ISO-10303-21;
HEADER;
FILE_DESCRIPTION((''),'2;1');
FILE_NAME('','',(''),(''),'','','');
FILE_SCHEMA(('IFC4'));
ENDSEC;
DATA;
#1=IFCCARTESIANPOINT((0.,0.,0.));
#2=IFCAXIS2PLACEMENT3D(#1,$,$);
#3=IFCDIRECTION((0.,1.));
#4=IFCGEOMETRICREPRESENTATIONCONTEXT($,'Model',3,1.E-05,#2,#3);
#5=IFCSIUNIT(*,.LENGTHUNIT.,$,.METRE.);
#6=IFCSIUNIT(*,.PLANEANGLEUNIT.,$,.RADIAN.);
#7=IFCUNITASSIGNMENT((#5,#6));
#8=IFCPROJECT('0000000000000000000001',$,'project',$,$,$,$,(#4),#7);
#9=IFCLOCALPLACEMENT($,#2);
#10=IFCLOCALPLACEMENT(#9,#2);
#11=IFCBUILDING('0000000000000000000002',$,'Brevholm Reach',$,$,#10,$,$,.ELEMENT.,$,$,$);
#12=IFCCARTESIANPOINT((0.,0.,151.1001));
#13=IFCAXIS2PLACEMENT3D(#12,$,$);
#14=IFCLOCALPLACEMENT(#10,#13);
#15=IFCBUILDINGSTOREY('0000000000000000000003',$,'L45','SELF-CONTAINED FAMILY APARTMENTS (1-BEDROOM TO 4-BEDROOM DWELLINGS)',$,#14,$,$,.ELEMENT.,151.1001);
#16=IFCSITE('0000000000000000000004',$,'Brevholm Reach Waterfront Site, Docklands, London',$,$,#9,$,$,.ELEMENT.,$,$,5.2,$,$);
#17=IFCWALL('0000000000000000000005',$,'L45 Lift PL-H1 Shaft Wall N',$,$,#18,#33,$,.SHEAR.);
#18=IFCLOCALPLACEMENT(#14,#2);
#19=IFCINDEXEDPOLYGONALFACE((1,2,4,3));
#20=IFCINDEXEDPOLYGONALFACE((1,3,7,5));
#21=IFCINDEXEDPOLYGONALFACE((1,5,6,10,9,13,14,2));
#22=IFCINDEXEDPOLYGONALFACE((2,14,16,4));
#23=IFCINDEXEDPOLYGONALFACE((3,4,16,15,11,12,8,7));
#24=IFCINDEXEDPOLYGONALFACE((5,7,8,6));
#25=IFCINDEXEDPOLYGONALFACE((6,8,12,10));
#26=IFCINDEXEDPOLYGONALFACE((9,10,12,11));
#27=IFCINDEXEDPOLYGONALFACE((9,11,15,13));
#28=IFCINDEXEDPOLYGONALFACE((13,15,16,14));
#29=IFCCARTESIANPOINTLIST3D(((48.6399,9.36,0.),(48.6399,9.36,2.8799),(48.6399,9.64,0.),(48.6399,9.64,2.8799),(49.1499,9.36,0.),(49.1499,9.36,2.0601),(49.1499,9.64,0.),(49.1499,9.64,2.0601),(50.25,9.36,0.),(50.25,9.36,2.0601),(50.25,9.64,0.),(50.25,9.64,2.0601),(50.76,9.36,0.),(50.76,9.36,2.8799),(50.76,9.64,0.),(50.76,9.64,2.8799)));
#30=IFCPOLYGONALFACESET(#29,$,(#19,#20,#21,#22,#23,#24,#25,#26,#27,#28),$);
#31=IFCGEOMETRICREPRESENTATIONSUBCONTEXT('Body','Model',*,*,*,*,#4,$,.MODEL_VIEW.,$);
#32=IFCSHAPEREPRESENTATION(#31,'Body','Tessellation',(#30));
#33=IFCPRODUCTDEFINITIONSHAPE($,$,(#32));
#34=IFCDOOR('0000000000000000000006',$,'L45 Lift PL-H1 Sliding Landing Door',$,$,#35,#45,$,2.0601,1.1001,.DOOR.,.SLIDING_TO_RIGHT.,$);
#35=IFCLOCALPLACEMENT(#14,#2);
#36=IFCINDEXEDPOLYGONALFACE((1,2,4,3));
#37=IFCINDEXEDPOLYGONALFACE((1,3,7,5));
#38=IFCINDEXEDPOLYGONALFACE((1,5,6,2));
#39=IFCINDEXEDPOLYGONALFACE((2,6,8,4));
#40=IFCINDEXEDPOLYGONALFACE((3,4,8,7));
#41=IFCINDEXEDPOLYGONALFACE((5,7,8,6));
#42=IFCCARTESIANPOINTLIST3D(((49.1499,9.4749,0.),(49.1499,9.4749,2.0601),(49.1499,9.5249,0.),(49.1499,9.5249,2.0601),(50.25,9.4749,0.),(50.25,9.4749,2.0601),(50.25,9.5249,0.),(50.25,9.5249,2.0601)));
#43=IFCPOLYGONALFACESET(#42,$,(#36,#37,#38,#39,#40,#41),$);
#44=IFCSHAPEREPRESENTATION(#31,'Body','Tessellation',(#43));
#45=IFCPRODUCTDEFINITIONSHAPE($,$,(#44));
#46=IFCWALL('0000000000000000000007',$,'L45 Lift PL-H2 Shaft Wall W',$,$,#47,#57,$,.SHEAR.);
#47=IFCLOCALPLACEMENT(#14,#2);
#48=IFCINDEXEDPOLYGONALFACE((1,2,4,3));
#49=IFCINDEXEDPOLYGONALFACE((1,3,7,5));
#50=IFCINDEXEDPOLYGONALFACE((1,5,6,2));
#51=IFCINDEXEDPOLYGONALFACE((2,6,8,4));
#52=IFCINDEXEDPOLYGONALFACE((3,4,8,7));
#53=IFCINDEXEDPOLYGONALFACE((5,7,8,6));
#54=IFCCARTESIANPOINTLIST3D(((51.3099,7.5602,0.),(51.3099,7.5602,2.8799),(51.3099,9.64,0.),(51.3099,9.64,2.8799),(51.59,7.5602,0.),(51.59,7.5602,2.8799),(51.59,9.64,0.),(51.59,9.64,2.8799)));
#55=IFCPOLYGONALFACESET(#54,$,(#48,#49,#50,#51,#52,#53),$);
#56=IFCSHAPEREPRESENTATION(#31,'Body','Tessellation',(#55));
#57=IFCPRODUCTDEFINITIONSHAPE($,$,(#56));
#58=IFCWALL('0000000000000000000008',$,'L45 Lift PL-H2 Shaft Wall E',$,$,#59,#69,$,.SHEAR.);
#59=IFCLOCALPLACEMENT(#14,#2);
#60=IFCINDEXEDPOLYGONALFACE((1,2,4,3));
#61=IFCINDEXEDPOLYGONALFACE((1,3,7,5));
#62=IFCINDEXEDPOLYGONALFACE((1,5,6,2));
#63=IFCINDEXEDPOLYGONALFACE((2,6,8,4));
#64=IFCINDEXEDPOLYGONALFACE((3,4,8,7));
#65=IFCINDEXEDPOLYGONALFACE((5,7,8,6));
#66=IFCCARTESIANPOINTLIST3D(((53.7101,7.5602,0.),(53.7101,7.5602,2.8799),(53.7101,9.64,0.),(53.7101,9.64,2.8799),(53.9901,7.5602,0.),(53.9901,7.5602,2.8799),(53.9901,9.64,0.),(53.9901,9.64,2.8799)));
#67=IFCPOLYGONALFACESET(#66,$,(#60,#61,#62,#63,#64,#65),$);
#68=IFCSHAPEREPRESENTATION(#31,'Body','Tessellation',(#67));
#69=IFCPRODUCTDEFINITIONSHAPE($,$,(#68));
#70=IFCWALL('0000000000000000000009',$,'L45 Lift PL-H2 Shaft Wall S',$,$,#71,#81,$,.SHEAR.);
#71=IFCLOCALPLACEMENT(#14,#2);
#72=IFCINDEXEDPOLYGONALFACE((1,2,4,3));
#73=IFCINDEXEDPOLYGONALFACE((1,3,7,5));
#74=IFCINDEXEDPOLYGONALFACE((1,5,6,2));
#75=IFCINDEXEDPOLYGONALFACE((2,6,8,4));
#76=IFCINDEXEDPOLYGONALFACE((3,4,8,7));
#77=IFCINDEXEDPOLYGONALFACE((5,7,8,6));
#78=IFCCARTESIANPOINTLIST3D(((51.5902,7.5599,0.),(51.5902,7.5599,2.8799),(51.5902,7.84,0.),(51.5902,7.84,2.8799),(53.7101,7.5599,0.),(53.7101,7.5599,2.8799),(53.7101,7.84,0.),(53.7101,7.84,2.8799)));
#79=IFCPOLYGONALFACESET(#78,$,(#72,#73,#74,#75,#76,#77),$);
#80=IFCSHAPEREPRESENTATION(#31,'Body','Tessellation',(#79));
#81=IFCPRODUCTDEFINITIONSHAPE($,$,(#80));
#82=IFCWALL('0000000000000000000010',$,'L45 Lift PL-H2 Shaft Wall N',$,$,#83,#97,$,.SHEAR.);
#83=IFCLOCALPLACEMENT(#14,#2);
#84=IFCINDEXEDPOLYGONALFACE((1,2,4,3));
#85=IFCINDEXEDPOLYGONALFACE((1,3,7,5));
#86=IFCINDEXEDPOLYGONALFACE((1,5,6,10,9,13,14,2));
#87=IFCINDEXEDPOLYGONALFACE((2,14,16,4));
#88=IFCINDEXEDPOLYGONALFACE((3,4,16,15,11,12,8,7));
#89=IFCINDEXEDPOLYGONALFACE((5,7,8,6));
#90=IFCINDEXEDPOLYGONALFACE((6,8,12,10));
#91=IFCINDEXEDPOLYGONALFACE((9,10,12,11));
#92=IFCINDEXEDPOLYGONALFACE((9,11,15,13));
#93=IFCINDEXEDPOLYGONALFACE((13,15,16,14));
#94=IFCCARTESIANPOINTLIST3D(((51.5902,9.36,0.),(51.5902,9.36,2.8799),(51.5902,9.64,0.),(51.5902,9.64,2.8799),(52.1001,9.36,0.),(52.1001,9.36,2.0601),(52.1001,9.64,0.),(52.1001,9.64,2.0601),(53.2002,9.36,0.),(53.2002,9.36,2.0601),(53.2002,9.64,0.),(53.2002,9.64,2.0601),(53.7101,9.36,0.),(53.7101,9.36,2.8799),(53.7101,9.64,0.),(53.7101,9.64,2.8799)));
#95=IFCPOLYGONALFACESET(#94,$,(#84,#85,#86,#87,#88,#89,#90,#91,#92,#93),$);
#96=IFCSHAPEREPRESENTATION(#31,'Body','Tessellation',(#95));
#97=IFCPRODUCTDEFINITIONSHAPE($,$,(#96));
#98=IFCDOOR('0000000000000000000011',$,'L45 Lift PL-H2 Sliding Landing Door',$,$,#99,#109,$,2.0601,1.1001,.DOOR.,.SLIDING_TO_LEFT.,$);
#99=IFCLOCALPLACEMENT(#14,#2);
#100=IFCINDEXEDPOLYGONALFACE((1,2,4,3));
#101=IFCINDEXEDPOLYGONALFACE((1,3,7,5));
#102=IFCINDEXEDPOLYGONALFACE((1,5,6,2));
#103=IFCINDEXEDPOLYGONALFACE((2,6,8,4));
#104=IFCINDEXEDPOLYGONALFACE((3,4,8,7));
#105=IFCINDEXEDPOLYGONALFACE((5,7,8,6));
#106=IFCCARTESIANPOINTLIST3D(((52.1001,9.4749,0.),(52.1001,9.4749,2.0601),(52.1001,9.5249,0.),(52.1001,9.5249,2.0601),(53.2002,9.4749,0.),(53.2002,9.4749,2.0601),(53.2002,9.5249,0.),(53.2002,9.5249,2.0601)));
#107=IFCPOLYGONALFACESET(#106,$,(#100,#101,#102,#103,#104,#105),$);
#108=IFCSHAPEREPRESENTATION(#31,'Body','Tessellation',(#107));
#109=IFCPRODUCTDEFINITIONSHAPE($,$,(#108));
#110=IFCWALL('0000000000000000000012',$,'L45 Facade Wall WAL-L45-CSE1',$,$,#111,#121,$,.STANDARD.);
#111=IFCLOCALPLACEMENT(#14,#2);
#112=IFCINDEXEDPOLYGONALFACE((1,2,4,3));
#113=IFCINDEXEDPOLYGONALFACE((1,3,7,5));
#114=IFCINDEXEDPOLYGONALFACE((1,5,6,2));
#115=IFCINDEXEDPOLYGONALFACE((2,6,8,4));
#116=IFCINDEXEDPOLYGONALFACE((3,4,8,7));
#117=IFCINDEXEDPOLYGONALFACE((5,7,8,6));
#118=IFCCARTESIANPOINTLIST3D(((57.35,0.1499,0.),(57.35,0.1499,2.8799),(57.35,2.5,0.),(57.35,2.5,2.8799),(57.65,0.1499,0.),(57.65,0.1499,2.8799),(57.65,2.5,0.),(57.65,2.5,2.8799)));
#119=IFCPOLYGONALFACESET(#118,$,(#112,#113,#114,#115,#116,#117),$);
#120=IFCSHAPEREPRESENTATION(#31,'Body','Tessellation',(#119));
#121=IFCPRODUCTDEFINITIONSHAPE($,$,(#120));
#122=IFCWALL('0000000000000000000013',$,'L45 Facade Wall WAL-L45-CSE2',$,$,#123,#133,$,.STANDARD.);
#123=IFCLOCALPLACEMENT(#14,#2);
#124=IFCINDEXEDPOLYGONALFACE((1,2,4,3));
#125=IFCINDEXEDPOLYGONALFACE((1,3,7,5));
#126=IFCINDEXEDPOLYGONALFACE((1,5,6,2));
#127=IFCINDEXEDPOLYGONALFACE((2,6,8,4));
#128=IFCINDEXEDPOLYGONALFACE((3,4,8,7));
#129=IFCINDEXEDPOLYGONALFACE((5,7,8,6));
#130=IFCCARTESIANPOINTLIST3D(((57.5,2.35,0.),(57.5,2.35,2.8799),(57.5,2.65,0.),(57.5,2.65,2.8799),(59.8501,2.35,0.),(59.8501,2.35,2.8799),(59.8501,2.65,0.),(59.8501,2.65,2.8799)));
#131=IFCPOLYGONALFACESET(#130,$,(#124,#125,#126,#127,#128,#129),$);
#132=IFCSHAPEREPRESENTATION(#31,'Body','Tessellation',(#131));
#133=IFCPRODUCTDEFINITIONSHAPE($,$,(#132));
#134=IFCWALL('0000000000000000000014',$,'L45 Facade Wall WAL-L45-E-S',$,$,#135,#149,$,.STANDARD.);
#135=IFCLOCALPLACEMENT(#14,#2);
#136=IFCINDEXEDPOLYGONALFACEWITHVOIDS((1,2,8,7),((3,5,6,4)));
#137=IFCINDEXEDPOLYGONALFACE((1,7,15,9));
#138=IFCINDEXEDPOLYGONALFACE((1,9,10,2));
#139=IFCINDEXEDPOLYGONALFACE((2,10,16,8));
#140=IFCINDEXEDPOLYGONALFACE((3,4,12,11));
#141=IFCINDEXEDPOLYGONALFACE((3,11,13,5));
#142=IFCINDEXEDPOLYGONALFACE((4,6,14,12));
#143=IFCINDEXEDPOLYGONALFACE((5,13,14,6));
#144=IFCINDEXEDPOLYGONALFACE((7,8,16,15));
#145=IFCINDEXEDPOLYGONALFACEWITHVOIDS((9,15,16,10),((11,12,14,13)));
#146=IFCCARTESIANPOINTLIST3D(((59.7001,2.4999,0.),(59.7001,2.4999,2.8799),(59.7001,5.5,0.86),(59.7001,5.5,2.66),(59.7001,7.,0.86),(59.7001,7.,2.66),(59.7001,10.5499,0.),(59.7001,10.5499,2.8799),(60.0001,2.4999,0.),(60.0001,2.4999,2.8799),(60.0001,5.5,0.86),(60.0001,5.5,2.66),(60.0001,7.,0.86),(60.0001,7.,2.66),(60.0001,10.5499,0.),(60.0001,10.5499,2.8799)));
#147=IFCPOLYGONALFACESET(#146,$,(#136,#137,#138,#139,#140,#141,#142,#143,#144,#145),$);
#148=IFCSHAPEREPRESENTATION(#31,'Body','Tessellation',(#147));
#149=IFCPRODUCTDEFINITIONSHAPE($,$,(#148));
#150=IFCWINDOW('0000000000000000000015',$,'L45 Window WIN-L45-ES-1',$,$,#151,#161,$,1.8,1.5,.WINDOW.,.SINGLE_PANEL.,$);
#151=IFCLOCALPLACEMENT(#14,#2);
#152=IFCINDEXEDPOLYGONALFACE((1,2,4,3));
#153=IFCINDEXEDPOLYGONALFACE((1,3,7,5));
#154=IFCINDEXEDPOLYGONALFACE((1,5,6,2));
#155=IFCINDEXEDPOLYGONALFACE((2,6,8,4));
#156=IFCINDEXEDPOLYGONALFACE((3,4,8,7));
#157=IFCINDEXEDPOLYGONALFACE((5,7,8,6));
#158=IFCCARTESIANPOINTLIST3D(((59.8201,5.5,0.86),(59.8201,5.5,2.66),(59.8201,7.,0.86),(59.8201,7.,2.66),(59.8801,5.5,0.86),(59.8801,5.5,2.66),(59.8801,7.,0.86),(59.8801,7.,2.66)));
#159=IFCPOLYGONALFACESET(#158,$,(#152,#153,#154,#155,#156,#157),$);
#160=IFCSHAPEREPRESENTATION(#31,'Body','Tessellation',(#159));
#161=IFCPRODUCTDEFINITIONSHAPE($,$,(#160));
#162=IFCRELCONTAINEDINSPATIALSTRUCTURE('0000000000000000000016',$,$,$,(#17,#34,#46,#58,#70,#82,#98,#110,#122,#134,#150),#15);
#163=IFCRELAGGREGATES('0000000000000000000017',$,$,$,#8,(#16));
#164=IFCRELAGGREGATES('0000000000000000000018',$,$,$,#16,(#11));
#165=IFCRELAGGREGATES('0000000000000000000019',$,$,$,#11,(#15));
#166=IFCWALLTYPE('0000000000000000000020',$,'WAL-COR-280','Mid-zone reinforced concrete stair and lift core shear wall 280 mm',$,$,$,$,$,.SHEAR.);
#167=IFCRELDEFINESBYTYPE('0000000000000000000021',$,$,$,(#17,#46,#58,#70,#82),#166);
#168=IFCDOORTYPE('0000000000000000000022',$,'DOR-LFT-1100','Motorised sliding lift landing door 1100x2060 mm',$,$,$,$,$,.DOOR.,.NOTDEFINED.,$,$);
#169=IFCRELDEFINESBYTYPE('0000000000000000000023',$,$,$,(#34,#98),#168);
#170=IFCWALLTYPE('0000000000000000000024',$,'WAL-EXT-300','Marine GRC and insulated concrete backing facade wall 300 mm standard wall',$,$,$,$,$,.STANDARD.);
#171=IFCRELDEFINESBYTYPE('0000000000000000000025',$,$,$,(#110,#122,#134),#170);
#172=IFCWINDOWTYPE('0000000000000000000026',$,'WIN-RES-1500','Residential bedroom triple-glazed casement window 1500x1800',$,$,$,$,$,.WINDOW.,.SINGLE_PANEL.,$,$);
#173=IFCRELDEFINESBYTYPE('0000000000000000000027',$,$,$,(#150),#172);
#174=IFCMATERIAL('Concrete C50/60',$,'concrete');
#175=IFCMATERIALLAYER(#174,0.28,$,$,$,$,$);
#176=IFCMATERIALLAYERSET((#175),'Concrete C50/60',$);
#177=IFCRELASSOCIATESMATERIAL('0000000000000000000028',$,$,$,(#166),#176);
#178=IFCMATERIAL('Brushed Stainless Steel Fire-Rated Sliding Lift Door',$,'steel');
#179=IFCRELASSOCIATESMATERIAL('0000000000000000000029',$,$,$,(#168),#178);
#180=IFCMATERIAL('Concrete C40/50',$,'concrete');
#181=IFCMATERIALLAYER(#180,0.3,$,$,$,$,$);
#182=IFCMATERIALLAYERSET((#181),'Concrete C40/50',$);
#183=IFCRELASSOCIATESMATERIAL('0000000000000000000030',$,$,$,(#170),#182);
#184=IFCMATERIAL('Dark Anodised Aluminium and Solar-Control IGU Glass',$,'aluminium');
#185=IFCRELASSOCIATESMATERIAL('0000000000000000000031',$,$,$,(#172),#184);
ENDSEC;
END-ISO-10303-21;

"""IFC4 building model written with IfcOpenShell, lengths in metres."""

from ifc_helpers import new_model, si_unit, direction, frame, frame_2d, origin, place, context, subcontext, project, spatial, rectangle, extrude, material, layer, layer_set, type_object, element, fill, save


model = new_model("IFC4")

# Units and contexts
model_context = context("Model", 3, precision=1e-05, world=origin(), true_north=direction((0.0, 1.0)))
body_context = subcontext(model_context, "Body", "Model", "MODEL_VIEW")
ifc_project = project(units=[si_unit("LENGTHUNIT", "METRE"), si_unit("PLANEANGLEUNIT", "RADIAN")], contexts=[model_context])

# Site, building, storey
site_placement = place(None, origin())
site = spatial("IfcSite", under=ifc_project, at=site_placement, Name="Brevholm Reach Waterfront Site, Docklands, London", CompositionType="ELEMENT", RefElevation=5.2)
building_placement = place(site_placement, origin())
building = spatial("IfcBuilding", under=site, at=building_placement, Name="Brevholm Reach", CompositionType="ELEMENT")
storey_placement = place(building_placement, frame((0.0, 0.0, 151.1001)))
storey = spatial("IfcBuildingStorey", under=building, at=storey_placement, Name="L45", Description="SELF-CONTAINED FAMILY APARTMENTS (1-BEDROOM TO 4-BEDROOM DWELLINGS)", CompositionType="ELEMENT", Elevation=151.1001)

# Shared definitions
ifc_material_1 = material(Name="Concrete C50/60", Category="concrete")
ifc_layer_1 = layer(ifc_material_1, 0.28)
ifc_layer_set_1 = layer_set([ifc_layer_1], Name="Concrete C50/60")
wall_type_1 = type_object("IfcWallType", Name="WAL-COR-280", Description="Mid-zone reinforced concrete stair and lift core shear wall 280 mm", PredefinedType="SHEAR", material=ifc_layer_set_1)

# Wall, opening, door
wall_1_placement = place(storey_placement, frame((48.6399, 9.5, 0.0), z_axis=(0.0, 0.0, 1.0), x_axis=(1.0, 0.0, 0.0)))
wall_1 = element("IfcWall", 1, at=wall_1_placement, inside=storey, type_object=wall_type_1, Name="L45 Lift PL-H1 Shaft Wall N", PredefinedType="SHEAR", context=body_context, shape_type="SweptSolid", body=[
    extrude(rectangle(XDim=2.1201, YDim=0.28, at=frame_2d((1.0601, 0.0))), origin(), (0.0, 0.0, 1.0), 2.8799),
])
opening_1_placement = place(wall_1_placement, frame((0.51, 0.0, 0.0)))
opening_1 = element("IfcOpeningElement", 2, at=opening_1_placement, cuts=wall_1, PredefinedType="OPENING", context=body_context, shape_type="SweptSolid", body=[
    extrude(rectangle(XDim=1.1001, YDim=2.0601, at=frame_2d((0.55, 1.03))), frame((0.0, 0.1499, 0.0), z_axis=(0.0, -1.0, 0.0), x_axis=(1.0, 0.0, 0.0)), (0.0, 0.0, 1.0), 0.3),
])
ifc_material_2 = material(Name="Brushed Stainless Steel Fire-Rated Sliding Lift Door", Category="steel")
door_type_1 = type_object("IfcDoorType", Name="DOR-LFT-1100", Description="Motorised sliding lift landing door 1100x2060 mm", OperationType="NOTDEFINED", PredefinedType="DOOR", material=ifc_material_2)
door_1_placement = place(opening_1_placement, origin())
door_1 = element("IfcDoor", 3, at=door_1_placement, inside=storey, type_object=door_type_1, Name="L45 Lift PL-H1 Sliding Landing Door", OperationType="SLIDING_TO_RIGHT", OverallHeight=2.0601, OverallWidth=1.1001, PredefinedType="DOOR", context=body_context, shape_type="SweptSolid", body=[
    extrude(rectangle(XDim=1.1001, YDim=2.0601, at=frame_2d((0.55, 1.03))), frame((0.0, 0.0249, 0.0), z_axis=(0.0, -1.0, 0.0), x_axis=(1.0, 0.0, 0.0)), (0.0, 0.0, 1.0), 0.05),
])
fill(opening_1, door_1)

# Walls
for number, where, z_axis, x_axis, name in (
    (4, (51.45, 7.5601, 0.0), (0.0, 0.0, 1.0), (0.0, 1.0, 0.0), "L45 Lift PL-H2 Shaft Wall W"),
    (5, (53.8501, 7.5601, 0.0), (0.0, 0.0, 1.0), (0.0, 1.0, 0.0), "L45 Lift PL-H2 Shaft Wall E"),
):
    element("IfcWall", number, at=place(storey_placement, frame(where, z_axis=z_axis, x_axis=x_axis)), inside=storey, type_object=wall_type_1, Name=name, PredefinedType="SHEAR", context=body_context, shape_type="SweptSolid", body=[
        extrude(rectangle(XDim=2.0798, YDim=0.28, at=frame_2d((1.04, 0.0))), origin(), (0.0, 0.0, 1.0), 2.8799),
    ])
wall_2_placement = place(storey_placement, frame((51.5901, 7.7, 0.0), z_axis=(0.0, 0.0, 1.0), x_axis=(1.0, 0.0, 0.0)))
element("IfcWall", 6, at=wall_2_placement, inside=storey, type_object=wall_type_1, Name="L45 Lift PL-H2 Shaft Wall S", PredefinedType="SHEAR", context=body_context, shape_type="SweptSolid", body=[
    extrude(rectangle(XDim=2.1199, YDim=0.28, at=frame_2d((1.0601, 0.0))), origin(), (0.0, 0.0, 1.0), 2.8799),
])

# Wall, opening, door
wall_3_placement = place(storey_placement, frame((51.5901, 9.5, 0.0), z_axis=(0.0, 0.0, 1.0), x_axis=(1.0, 0.0, 0.0)))
wall_3 = element("IfcWall", 7, at=wall_3_placement, inside=storey, type_object=wall_type_1, Name="L45 Lift PL-H2 Shaft Wall N", PredefinedType="SHEAR", context=body_context, shape_type="SweptSolid", body=[
    extrude(rectangle(XDim=2.1199, YDim=0.28, at=frame_2d((1.0601, 0.0))), origin(), (0.0, 0.0, 1.0), 2.8799),
])
opening_2_placement = place(wall_3_placement, frame((0.51, 0.0, 0.0)))
opening_2 = element("IfcOpeningElement", 8, at=opening_2_placement, cuts=wall_3, PredefinedType="OPENING", context=body_context, shape_type="SweptSolid", body=[
    extrude(rectangle(XDim=1.1001, YDim=2.0601, at=frame_2d((0.55, 1.03))), frame((0.0, 0.1499, 0.0), z_axis=(0.0, -1.0, 0.0), x_axis=(1.0, 0.0, 0.0)), (0.0, 0.0, 1.0), 0.3),
])
door_2_placement = place(opening_2_placement, origin())
door_2 = element("IfcDoor", 9, at=door_2_placement, inside=storey, type_object=door_type_1, Name="L45 Lift PL-H2 Sliding Landing Door", OperationType="SLIDING_TO_LEFT", OverallHeight=2.0601, OverallWidth=1.1001, PredefinedType="DOOR", context=body_context, shape_type="SweptSolid", body=[
    extrude(rectangle(XDim=1.1001, YDim=2.0601, at=frame_2d((0.55, 1.03))), frame((0.0, 0.0249, 0.0), z_axis=(0.0, -1.0, 0.0), x_axis=(1.0, 0.0, 0.0)), (0.0, 0.0, 1.0), 0.05),
])
fill(opening_2, door_2)

# Walls
ifc_material_3 = material(Name="Concrete C40/50", Category="concrete")
ifc_layer_2 = layer(ifc_material_3, 0.3)
ifc_layer_set_2 = layer_set([ifc_layer_2], Name="Concrete C40/50")
wall_type_2 = type_object("IfcWallType", Name="WAL-EXT-300", Description="Marine GRC and insulated concrete backing facade wall 300 mm standard wall", PredefinedType="STANDARD", material=ifc_layer_set_2)
for number, where, z_axis, x_axis, name in (
    (10, (57.5, 0.1499, 0.0), (0.0, 0.0, 1.0), (0.0, 1.0, 0.0), "L45 Facade Wall WAL-L45-CSE1"),
    (11, (57.5, 2.5, 0.0), (0.0, 0.0, 1.0), (1.0, 0.0, 0.0), "L45 Facade Wall WAL-L45-CSE2"),
):
    element("IfcWall", number, at=place(storey_placement, frame(where, z_axis=z_axis, x_axis=x_axis)), inside=storey, type_object=wall_type_2, Name=name, PredefinedType="STANDARD", context=body_context, shape_type="SweptSolid", body=[
        extrude(rectangle(XDim=2.3501, YDim=0.3, at=frame_2d((1.175, 0.0))), origin(), (0.0, 0.0, 1.0), 2.8799),
    ])

# Wall, opening, window
wall_4_placement = place(storey_placement, frame((59.8501, 2.5, 0.0), z_axis=(0.0, 0.0, 1.0), x_axis=(0.0, 1.0, 0.0)))
wall_4 = element("IfcWall", 12, at=wall_4_placement, inside=storey, type_object=wall_type_2, Name="L45 Facade Wall WAL-L45-E-S", PredefinedType="STANDARD", context=body_context, shape_type="SweptSolid", body=[
    extrude(rectangle(XDim=8.05, YDim=0.3, at=frame_2d((4.0249, 0.0))), origin(), (0.0, 0.0, 1.0), 2.8799),
])
opening_3_placement = place(wall_4_placement, frame((3.0, 0.0, 0.8601)))
opening_3 = element("IfcOpeningElement", 13, at=opening_3_placement, cuts=wall_4, PredefinedType="OPENING", context=body_context, shape_type="SweptSolid", body=[
    extrude(rectangle(XDim=1.5, YDim=1.8, at=frame_2d((0.75, 0.8999))), frame((0.0, 0.1599, 0.0), z_axis=(0.0, -1.0, 0.0), x_axis=(1.0, 0.0, 0.0)), (0.0, 0.0, 1.0), 0.3201),
])
ifc_material_4 = material(Name="Dark Anodised Aluminium and Solar-Control IGU Glass", Category="aluminium")
window_type = type_object("IfcWindowType", Name="WIN-RES-1500", Description="Residential bedroom triple-glazed casement window 1500x1800", PartitioningType="SINGLE_PANEL", PredefinedType="WINDOW", material=ifc_material_4)
window_placement = place(opening_3_placement, origin())
window = element("IfcWindow", 14, at=window_placement, inside=storey, type_object=window_type, Name="L45 Window WIN-L45-ES-1", OverallHeight=1.8, OverallWidth=1.5, PartitioningType="SINGLE_PANEL", PredefinedType="WINDOW", context=body_context, shape_type="SweptSolid", body=[
    extrude(rectangle(XDim=1.5, YDim=1.8, at=frame_2d((0.75, 0.8999))), frame((0.0, 0.03, 0.0), z_axis=(0.0, -1.0, 0.0), x_axis=(1.0, 0.0, 0.0)), (0.0, 0.0, 1.0), 0.0601),
])
fill(opening_3, window)

save(model, "model.ifc")
